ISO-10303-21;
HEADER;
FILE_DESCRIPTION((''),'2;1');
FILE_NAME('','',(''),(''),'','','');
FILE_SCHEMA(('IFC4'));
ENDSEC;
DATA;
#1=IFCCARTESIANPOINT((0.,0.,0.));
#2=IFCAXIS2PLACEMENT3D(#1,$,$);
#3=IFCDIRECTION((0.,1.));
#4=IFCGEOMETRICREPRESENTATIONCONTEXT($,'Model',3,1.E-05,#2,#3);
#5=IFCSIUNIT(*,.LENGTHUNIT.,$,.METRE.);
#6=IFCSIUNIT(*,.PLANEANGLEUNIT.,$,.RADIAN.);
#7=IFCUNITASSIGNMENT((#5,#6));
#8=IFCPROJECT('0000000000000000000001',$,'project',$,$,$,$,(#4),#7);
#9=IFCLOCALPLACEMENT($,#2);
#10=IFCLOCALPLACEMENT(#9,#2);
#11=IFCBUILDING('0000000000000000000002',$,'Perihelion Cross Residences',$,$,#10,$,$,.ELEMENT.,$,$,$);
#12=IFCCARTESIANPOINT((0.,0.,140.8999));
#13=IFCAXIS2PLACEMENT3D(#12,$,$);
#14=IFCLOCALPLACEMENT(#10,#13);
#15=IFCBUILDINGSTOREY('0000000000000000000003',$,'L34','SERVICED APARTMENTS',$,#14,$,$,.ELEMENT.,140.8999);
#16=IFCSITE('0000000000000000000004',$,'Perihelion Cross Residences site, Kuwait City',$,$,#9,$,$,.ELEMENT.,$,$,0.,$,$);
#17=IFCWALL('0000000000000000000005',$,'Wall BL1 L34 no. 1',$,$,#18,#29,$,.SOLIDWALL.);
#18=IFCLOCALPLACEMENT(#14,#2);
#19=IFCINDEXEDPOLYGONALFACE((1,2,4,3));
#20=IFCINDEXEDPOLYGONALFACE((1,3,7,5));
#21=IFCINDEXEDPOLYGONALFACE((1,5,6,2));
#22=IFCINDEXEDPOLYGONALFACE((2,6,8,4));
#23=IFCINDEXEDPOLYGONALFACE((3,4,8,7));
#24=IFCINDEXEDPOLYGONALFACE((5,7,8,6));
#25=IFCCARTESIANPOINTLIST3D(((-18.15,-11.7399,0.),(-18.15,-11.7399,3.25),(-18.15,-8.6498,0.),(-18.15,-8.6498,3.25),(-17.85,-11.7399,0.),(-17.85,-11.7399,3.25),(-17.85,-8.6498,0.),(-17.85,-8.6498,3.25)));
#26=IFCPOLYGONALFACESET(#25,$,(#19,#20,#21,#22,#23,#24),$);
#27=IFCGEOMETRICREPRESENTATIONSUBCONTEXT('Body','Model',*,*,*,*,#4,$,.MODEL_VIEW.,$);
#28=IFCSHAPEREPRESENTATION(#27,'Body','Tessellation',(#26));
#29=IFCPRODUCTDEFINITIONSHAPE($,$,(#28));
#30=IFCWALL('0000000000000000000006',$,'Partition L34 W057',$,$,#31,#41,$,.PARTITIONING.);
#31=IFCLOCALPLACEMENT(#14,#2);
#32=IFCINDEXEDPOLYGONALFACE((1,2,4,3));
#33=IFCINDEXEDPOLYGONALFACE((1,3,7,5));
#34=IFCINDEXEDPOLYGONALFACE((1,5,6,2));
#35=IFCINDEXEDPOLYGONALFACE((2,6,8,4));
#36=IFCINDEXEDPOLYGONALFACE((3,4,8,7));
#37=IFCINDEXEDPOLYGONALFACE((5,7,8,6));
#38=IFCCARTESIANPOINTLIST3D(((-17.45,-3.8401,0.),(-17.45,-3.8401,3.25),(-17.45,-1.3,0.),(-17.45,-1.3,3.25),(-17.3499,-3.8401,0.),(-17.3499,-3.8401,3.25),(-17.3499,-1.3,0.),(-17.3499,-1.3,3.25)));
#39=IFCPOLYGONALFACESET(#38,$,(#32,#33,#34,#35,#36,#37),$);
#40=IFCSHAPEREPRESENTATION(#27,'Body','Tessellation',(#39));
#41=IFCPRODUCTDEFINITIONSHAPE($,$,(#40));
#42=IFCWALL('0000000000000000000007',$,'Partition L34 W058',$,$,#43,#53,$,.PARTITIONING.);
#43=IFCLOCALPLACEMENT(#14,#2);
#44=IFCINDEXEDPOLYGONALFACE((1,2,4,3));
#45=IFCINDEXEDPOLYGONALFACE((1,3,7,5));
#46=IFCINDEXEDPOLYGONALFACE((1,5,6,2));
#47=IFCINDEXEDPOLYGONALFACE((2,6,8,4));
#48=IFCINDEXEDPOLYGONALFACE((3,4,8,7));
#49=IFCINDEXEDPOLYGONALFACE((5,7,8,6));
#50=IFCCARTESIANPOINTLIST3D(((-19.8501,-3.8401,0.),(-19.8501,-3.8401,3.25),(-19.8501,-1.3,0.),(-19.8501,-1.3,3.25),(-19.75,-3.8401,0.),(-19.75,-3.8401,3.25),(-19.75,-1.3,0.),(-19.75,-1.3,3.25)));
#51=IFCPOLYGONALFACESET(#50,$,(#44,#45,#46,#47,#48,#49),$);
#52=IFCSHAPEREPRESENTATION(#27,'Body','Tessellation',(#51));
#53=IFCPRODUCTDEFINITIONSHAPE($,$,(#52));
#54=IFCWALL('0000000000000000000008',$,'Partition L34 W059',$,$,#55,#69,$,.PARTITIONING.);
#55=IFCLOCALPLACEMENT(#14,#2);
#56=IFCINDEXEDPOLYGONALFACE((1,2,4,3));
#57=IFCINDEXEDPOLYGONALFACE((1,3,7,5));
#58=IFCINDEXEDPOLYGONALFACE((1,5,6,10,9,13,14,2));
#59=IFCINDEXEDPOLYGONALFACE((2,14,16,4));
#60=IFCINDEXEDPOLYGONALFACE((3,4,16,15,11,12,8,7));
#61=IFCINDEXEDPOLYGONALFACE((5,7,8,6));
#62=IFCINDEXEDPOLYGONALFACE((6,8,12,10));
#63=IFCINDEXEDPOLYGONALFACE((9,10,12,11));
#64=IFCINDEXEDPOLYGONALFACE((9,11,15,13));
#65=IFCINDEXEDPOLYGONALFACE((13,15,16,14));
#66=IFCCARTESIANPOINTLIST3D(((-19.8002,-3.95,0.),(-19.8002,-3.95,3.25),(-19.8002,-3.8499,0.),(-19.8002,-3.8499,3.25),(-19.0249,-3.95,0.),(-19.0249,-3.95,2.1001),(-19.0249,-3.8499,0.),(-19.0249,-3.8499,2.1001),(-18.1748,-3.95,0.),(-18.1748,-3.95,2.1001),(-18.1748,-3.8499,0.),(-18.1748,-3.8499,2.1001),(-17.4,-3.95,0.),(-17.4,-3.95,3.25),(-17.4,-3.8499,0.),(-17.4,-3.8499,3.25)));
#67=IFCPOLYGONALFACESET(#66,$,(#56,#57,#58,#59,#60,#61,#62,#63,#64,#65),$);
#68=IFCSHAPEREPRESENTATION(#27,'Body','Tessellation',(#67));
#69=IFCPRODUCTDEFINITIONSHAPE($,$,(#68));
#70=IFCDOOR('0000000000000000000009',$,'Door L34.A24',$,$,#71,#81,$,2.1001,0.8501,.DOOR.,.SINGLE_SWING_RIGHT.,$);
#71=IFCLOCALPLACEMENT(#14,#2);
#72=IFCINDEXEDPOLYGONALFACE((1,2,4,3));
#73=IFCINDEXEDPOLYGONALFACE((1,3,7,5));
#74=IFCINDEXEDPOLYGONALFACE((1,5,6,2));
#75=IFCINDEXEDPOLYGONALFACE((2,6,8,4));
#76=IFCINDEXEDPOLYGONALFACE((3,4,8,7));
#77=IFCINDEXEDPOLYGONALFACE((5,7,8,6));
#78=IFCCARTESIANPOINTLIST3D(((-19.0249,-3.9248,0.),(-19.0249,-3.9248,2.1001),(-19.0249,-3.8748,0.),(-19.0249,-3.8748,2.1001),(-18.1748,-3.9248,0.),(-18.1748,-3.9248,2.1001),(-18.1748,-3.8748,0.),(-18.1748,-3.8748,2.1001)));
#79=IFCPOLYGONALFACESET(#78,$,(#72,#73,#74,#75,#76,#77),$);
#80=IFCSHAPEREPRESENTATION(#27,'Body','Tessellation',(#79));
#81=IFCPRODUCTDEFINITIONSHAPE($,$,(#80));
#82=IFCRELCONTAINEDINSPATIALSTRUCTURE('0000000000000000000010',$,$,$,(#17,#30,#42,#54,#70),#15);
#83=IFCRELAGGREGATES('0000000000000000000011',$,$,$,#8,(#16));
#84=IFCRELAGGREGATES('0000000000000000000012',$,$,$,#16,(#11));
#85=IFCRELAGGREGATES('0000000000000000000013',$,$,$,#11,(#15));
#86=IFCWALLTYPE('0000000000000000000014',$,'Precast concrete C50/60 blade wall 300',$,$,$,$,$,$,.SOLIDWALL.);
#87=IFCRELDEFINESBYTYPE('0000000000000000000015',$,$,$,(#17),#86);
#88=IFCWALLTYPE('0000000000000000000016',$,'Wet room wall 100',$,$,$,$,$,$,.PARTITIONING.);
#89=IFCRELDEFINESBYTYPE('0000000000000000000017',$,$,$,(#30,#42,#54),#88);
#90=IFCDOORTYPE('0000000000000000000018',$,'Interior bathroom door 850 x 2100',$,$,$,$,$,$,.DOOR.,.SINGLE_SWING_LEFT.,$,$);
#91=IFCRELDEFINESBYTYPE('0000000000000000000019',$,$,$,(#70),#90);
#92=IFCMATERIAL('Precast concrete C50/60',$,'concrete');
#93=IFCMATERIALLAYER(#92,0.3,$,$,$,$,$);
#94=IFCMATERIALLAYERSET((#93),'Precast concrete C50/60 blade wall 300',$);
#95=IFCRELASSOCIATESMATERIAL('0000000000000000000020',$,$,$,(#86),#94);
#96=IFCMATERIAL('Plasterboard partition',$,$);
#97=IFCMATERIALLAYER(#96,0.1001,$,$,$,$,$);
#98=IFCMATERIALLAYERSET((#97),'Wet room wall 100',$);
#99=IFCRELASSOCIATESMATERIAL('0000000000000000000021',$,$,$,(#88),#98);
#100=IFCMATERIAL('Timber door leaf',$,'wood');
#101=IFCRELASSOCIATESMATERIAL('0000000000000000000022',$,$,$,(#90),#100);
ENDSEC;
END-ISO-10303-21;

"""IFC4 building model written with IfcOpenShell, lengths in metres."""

from ifc_helpers import new_model, si_unit, direction, frame, frame_2d, origin, place, context, subcontext, project, spatial, rectangle, extrude, material, layer, layer_set, type_object, element, fill, save


model = new_model("IFC4")

# Units and contexts
model_context = context("Model", 3, precision=1e-05, world=origin(), true_north=direction((0.0, 1.0)))
body_context = subcontext(model_context, "Body", "Model", "MODEL_VIEW")
ifc_project = project(units=[si_unit("LENGTHUNIT", "METRE"), si_unit("PLANEANGLEUNIT", "RADIAN")], contexts=[model_context])

# Site, building, storey
site_placement = place(None, origin())
site = spatial("IfcSite", under=ifc_project, at=site_placement, Name="Perihelion Cross Residences site, Kuwait City", CompositionType="ELEMENT", RefElevation=0.0)
building_placement = place(site_placement, origin())
building = spatial("IfcBuilding", under=site, at=building_placement, Name="Perihelion Cross Residences", CompositionType="ELEMENT")
storey_placement = place(building_placement, frame((0.0, 0.0, 140.8999)))
storey = spatial("IfcBuildingStorey", under=building, at=storey_placement, Name="L34", Description="SERVICED APARTMENTS", CompositionType="ELEMENT", Elevation=140.8999)

# Walls
ifc_material_1 = material(Name="Precast concrete C50/60", Category="concrete")
ifc_layer_1 = layer(ifc_material_1, 0.3)
ifc_layer_set_1 = layer_set([ifc_layer_1], Name="Precast concrete C50/60 blade wall 300")
wall_type_1 = type_object("IfcWallType", Name="Precast concrete C50/60 blade wall 300", PredefinedType="SOLIDWALL", material=ifc_layer_set_1)
wall_1_placement = place(storey_placement, frame((-18.0, -8.6499, 0.0), z_axis=(0.0, 0.0, 1.0), x_axis=(0.0, -1.0, 0.0)))
element("IfcWall", 1, at=wall_1_placement, inside=storey, type_object=wall_type_1, Name="Wall BL1 L34 no. 1", PredefinedType="SOLIDWALL", context=body_context, shape_type="SweptSolid", body=[
    extrude(rectangle(XDim=3.0901, YDim=0.3, at=frame_2d((1.5449, 0.0))), origin(), (0.0, 0.0, 1.0), 3.25),
])
ifc_material_2 = material(Name="Plasterboard partition")
ifc_layer_2 = layer(ifc_material_2, 0.1001)
ifc_layer_set_2 = layer_set([ifc_layer_2], Name="Wet room wall 100")
wall_type_2 = type_object("IfcWallType", Name="Wet room wall 100", PredefinedType="PARTITIONING", material=ifc_layer_set_2)
for number, where, z_axis, x_axis, name in (
    (2, (-17.3999, -3.8401, 0.0), (0.0, 0.0, 1.0), (0.0, 1.0, 0.0), "Partition L34 W057"),
    (3, (-19.8, -3.8401, 0.0), (0.0, 0.0, 1.0), (0.0, 1.0, 0.0), "Partition L34 W058"),
):
    element("IfcWall", number, at=place(storey_placement, frame(where, z_axis=z_axis, x_axis=x_axis)), inside=storey, type_object=wall_type_2, Name=name, PredefinedType="PARTITIONING", context=body_context, shape_type="SweptSolid", body=[
        extrude(rectangle(XDim=2.54, YDim=0.1001, at=frame_2d((1.27, 0.0))), origin(), (0.0, 0.0, 1.0), 3.25),
    ])

# Wall, opening, door
wall_2_placement = place(storey_placement, frame((-17.3999, -3.8999, 0.0), z_axis=(0.0, 0.0, 1.0), x_axis=(-1.0, 0.0, 0.0)))
wall_2 = element("IfcWall", 4, at=wall_2_placement, inside=storey, type_object=wall_type_2, Name="Partition L34 W059", PredefinedType="PARTITIONING", context=body_context, shape_type="SweptSolid", body=[
    extrude(rectangle(XDim=2.4001, YDim=0.1001, at=frame_2d((1.2002, 0.0))), origin(), (0.0, 0.0, 1.0), 3.25),
])
opening_1_placement = place(wall_2_placement, frame((0.7749, 0.0, 0.0)))
opening_1 = element("IfcOpeningElement", 5, at=opening_1_placement, cuts=wall_2, PredefinedType="OPENING", context=body_context, shape_type="SweptSolid", body=[
    extrude(rectangle(XDim=0.8501, YDim=2.1001, at=frame_2d((0.425, 1.05))), frame((0.0, 0.0601, 0.0), z_axis=(0.0, -1.0, 0.0), x_axis=(1.0, 0.0, 0.0)), (0.0, 0.0, 1.0), 0.1201),
])
ifc_material_3 = material(Name="Timber door leaf", Category="wood")
door_type_1 = type_object("IfcDoorType", Name="Interior bathroom door 850 x 2100", OperationType="SINGLE_SWING_LEFT", PredefinedType="DOOR", material=ifc_material_3)
door_1_placement = place(opening_1_placement, origin())
door_1 = element("IfcDoor", 6, at=door_1_placement, inside=storey, type_object=door_type_1, Name="Door L34.A24", OperationType="SINGLE_SWING_RIGHT", OverallHeight=2.1001, OverallWidth=0.8501, PredefinedType="DOOR", context=body_context, shape_type="SweptSolid", body=[
    extrude(rectangle(XDim=0.8501, YDim=2.1001, at=frame_2d((0.425, 1.05))), frame((0.0, 0.0249, 0.0), z_axis=(0.0, -1.0, 0.0), x_axis=(1.0, 0.0, 0.0)), (0.0, 0.0, 1.0), 0.05),
])
fill(opening_1, door_1)

save(model, "model.ifc")
